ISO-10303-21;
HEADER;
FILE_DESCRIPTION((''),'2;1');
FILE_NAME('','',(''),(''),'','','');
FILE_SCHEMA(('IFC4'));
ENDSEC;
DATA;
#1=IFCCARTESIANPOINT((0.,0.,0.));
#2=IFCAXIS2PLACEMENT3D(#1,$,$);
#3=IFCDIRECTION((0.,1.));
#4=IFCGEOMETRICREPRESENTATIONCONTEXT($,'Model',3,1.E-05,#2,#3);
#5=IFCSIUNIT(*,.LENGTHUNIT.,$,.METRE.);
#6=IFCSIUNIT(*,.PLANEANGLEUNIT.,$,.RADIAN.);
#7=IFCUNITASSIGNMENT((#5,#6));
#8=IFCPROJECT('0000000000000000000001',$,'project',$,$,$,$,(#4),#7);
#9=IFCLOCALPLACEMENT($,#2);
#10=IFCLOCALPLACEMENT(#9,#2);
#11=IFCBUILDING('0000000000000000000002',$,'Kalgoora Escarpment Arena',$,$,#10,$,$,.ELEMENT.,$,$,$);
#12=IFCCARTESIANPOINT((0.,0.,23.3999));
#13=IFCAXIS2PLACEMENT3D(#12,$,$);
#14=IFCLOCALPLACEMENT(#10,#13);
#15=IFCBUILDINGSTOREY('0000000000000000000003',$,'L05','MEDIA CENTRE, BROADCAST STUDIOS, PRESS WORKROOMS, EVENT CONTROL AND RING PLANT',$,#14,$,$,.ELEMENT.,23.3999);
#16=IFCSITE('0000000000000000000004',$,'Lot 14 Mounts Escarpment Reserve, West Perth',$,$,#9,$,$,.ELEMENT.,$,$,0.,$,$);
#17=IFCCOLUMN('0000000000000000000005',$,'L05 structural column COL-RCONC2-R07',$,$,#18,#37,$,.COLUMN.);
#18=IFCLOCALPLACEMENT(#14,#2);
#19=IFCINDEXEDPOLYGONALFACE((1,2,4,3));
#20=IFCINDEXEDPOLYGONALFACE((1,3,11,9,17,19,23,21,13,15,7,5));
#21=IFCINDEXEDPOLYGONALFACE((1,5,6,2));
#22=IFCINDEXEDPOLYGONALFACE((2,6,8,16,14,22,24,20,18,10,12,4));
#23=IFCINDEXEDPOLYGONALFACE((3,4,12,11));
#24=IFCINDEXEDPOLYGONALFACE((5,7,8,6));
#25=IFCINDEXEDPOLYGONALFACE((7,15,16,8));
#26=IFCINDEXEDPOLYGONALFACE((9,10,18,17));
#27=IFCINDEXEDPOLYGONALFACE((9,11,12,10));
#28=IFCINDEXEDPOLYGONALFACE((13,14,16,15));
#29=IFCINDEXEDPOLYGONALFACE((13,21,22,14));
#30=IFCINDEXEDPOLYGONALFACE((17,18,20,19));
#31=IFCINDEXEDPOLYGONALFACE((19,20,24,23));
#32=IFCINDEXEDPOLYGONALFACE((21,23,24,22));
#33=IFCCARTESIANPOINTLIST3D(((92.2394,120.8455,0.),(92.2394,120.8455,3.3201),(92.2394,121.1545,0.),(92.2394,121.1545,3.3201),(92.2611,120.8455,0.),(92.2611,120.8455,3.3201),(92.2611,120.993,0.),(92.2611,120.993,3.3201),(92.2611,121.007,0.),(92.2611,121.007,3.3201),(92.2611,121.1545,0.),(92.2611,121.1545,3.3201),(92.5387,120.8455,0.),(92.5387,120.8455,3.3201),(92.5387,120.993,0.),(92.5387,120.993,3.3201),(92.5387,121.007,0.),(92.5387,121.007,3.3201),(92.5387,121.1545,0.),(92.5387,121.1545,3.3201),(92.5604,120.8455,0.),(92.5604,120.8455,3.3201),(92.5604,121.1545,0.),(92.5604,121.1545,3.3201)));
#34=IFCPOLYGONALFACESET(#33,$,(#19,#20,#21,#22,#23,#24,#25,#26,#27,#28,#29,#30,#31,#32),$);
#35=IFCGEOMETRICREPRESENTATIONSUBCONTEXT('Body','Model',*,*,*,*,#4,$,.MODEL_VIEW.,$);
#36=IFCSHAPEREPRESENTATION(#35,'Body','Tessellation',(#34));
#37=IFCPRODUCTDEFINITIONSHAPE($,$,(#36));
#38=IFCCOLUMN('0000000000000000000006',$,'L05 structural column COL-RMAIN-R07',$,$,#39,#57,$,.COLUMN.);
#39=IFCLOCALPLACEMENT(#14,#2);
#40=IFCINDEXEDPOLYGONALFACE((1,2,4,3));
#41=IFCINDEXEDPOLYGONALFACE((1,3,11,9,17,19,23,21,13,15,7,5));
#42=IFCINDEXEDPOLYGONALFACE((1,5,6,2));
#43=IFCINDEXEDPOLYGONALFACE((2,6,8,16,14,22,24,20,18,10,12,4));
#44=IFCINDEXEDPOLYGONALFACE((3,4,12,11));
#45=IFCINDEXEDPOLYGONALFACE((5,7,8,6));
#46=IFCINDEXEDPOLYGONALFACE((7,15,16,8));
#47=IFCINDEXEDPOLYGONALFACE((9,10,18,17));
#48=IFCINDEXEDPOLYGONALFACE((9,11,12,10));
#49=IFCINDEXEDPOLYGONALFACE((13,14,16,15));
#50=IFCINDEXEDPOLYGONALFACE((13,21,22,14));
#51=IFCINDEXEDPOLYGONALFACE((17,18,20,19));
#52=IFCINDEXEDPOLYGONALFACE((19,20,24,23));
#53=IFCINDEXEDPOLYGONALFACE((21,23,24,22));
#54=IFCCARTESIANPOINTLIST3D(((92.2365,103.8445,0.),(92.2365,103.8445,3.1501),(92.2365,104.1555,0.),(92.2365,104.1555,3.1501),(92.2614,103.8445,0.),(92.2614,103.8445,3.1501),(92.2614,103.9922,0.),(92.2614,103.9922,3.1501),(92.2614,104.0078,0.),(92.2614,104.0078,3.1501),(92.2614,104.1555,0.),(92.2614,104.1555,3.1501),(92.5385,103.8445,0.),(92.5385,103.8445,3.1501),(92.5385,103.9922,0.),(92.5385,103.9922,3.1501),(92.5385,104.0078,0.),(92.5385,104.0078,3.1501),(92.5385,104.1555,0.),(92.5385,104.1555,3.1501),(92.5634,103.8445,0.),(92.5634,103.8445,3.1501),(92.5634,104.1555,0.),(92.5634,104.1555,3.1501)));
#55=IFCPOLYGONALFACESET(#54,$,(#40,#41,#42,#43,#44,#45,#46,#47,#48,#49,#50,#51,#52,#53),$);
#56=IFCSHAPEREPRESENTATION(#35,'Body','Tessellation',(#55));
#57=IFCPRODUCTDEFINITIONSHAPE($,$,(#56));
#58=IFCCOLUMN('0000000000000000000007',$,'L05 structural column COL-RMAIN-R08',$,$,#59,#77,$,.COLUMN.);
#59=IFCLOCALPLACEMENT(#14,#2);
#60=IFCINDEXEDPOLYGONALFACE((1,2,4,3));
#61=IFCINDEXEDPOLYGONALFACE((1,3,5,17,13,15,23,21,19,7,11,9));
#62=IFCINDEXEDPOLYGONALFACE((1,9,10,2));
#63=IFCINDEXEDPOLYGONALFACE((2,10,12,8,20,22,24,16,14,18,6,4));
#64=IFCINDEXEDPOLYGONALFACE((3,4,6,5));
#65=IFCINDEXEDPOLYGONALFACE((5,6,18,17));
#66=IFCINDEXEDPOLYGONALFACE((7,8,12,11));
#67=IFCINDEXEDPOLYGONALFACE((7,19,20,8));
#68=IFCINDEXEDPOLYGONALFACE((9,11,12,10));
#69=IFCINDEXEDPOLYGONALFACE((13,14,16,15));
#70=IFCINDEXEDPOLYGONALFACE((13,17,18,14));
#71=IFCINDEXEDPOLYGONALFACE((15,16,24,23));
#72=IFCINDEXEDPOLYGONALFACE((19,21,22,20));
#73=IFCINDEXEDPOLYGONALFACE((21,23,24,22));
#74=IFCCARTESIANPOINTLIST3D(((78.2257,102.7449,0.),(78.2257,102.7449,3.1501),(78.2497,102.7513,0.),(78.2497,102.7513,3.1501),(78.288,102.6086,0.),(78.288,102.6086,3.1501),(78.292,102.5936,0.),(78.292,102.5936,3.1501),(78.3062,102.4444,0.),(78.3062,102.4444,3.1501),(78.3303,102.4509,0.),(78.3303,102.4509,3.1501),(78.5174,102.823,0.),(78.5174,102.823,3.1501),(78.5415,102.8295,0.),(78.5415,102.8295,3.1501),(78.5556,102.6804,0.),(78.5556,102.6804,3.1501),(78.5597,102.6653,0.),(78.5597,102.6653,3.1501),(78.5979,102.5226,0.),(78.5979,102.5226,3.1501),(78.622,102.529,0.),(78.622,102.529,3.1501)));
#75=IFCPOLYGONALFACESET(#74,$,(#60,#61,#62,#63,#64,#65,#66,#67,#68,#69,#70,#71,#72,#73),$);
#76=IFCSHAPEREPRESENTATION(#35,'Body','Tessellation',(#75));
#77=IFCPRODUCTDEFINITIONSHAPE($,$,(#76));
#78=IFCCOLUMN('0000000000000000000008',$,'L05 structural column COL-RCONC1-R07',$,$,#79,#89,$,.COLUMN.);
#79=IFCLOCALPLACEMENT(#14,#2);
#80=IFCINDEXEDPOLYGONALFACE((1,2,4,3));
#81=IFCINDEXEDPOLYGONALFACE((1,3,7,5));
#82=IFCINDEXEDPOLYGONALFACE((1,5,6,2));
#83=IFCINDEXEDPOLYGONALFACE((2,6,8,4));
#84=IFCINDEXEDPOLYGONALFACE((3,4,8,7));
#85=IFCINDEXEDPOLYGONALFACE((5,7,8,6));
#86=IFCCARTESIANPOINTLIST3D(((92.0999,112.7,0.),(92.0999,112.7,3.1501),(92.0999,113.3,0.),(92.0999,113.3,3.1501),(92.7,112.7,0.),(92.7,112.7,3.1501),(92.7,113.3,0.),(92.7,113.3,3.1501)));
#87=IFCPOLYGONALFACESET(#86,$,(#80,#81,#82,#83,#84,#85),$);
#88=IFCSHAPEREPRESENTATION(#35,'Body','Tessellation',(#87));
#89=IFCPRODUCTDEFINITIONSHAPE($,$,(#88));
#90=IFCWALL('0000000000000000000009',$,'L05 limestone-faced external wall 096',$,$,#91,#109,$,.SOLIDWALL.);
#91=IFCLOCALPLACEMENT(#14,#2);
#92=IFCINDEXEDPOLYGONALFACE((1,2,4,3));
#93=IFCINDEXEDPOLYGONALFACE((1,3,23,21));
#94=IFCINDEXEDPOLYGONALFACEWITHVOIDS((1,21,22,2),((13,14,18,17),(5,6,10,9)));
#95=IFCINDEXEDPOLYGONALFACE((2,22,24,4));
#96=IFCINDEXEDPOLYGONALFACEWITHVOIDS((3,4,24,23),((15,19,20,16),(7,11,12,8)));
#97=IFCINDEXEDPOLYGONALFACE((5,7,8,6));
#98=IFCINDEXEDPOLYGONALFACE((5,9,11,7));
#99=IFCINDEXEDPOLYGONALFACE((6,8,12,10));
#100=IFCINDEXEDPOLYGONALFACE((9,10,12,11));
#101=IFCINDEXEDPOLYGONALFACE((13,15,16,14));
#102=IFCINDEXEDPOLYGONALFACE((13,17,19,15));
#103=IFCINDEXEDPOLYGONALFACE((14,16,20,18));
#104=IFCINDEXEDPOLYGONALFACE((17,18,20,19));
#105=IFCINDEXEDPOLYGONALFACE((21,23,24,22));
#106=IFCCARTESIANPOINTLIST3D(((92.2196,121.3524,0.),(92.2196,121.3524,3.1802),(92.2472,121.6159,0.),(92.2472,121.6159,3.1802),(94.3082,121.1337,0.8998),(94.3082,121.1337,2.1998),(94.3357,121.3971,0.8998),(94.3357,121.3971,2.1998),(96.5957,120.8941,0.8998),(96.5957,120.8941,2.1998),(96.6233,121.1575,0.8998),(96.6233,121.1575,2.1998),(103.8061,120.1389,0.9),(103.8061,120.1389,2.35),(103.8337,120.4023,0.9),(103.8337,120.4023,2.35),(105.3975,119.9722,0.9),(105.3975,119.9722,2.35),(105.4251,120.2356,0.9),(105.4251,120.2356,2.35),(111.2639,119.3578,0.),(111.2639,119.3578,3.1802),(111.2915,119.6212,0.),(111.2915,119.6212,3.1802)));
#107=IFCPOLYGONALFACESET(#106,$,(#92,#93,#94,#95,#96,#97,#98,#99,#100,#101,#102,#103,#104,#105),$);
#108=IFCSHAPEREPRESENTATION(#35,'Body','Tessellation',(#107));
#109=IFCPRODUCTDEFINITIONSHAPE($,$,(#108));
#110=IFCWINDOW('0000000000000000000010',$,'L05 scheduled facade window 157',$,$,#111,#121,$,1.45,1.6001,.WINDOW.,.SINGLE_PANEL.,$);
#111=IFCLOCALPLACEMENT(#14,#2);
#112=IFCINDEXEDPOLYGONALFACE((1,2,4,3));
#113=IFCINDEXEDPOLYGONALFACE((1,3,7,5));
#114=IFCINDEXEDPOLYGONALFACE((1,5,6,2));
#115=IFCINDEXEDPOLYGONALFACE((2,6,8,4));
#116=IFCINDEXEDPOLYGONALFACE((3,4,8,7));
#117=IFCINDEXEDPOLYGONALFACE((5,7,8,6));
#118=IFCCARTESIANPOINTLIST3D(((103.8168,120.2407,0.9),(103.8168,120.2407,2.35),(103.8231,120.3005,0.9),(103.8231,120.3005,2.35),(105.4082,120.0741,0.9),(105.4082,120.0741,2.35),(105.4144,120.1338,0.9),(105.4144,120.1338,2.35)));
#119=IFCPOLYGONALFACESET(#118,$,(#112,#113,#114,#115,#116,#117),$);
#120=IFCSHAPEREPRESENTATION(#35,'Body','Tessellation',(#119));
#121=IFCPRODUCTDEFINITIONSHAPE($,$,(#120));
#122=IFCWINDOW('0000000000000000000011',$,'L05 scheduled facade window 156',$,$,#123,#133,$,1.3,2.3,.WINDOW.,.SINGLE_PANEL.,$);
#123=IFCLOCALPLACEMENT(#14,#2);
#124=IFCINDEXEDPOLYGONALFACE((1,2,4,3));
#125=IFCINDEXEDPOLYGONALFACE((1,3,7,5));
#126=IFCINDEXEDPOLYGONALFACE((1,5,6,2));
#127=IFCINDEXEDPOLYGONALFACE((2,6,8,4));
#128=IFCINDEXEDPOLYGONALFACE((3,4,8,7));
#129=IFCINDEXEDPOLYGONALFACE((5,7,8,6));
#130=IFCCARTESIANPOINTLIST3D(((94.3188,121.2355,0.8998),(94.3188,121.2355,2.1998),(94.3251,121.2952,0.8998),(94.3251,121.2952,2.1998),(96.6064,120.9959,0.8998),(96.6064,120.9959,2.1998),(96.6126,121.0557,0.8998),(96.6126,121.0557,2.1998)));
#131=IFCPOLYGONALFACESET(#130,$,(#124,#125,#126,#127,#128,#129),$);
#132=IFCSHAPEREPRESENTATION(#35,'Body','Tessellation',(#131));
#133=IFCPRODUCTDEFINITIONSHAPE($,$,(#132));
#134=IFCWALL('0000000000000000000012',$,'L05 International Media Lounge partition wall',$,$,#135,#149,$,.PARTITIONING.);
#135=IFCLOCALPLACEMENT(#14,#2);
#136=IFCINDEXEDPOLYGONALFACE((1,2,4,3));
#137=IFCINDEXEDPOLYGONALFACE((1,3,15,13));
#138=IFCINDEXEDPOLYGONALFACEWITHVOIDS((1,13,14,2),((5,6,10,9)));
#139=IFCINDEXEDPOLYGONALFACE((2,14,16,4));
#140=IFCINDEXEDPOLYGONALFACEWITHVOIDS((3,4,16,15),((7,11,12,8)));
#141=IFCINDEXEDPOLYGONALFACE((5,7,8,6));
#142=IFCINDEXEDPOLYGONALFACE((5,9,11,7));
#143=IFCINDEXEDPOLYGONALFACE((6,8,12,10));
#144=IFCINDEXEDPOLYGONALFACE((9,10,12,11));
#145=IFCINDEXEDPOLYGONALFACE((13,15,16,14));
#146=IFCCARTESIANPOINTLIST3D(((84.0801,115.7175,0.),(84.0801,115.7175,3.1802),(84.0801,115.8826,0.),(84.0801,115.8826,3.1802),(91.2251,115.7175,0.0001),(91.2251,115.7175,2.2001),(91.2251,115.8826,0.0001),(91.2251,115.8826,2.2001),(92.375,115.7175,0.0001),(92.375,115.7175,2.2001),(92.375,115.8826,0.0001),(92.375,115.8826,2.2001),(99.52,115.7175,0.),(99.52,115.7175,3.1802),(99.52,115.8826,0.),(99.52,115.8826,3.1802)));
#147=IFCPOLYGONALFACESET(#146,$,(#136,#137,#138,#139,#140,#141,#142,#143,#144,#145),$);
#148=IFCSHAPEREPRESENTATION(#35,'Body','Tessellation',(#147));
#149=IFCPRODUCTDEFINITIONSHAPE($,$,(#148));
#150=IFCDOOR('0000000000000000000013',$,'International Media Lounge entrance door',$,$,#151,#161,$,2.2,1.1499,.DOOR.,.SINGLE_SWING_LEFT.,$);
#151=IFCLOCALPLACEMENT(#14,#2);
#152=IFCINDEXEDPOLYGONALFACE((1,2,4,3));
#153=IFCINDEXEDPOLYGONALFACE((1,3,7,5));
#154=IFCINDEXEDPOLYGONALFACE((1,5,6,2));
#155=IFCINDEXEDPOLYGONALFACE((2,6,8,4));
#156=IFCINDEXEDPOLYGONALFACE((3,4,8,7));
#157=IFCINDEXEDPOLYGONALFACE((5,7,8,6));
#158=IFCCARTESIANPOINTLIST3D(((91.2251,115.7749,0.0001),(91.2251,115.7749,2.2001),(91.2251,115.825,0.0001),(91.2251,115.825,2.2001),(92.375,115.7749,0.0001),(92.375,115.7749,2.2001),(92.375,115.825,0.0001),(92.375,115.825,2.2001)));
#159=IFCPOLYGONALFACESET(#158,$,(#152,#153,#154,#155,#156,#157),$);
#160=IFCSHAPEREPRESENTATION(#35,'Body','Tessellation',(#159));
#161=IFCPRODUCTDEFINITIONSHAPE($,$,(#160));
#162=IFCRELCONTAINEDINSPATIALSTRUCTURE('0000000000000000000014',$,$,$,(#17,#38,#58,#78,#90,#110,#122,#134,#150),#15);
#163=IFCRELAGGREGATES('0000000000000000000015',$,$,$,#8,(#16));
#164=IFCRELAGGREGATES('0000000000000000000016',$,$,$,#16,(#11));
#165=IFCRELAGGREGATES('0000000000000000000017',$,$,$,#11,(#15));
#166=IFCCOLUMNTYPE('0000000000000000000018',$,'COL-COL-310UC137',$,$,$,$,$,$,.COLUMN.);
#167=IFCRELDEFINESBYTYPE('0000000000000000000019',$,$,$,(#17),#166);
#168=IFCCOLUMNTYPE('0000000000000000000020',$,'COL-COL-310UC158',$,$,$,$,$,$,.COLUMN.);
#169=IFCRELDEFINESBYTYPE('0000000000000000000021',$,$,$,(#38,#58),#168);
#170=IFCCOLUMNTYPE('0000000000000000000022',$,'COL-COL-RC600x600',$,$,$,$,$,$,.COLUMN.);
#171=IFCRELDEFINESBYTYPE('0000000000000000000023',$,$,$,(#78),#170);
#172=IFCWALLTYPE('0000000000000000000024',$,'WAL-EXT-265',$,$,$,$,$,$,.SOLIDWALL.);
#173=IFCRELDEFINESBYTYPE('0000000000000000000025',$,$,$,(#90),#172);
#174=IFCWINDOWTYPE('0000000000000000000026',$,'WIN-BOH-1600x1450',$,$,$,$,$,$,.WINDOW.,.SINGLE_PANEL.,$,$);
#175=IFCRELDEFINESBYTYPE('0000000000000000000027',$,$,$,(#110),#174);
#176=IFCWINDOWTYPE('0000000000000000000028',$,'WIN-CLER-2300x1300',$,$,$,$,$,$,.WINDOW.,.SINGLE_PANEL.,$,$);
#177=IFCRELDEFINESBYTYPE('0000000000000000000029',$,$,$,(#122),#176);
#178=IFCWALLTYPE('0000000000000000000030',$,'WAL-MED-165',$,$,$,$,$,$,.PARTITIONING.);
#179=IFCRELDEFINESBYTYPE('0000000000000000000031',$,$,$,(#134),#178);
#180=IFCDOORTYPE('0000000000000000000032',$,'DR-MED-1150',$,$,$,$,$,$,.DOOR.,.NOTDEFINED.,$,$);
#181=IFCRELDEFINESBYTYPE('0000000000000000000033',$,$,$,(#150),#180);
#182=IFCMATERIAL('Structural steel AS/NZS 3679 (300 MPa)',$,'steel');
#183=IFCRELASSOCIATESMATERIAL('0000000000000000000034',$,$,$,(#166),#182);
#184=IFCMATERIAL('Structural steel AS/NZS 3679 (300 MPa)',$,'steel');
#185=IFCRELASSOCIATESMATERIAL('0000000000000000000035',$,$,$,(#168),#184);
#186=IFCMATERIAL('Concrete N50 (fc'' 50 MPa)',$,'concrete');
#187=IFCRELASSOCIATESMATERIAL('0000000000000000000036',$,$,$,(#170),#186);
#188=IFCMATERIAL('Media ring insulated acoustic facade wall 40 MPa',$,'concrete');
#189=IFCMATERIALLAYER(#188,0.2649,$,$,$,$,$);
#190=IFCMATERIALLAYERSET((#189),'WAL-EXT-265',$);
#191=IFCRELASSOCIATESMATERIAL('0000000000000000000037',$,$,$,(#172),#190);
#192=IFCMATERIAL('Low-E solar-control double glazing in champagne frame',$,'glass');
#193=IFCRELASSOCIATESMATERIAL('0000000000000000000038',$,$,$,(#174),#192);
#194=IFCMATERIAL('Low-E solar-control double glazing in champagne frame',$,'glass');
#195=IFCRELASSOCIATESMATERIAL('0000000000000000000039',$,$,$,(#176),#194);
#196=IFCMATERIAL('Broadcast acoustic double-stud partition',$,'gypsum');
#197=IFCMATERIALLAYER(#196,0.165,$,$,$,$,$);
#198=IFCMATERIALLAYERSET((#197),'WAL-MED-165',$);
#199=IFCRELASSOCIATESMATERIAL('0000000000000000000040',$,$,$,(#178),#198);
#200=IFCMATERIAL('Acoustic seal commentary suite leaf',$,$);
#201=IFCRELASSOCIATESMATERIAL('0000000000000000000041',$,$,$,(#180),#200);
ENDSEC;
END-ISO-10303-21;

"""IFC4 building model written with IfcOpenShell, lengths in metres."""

from ifc_helpers import new_model, si_unit, direction, frame, frame_2d, origin, origin_2d, place, context, subcontext, project, spatial, rectangle, i_section, extrude, material, layer, layer_set, material_profile, profile_set, type_object, element, fill, save


model = new_model("IFC4")

# Units and contexts
model_context = context("Model", 3, precision=1e-05, world=origin(), true_north=direction((0.0, 1.0)))
body_context = subcontext(model_context, "Body", "Model", "MODEL_VIEW")
ifc_project = project(units=[si_unit("LENGTHUNIT", "METRE"), si_unit("PLANEANGLEUNIT", "RADIAN")], contexts=[model_context])

# Site, building, storey
site_placement = place(None, origin())
site = spatial("IfcSite", under=ifc_project, at=site_placement, Name="Lot 14 Mounts Escarpment Reserve, West Perth", CompositionType="ELEMENT", RefElevation=0.0)
building_placement = place(site_placement, origin())
building = spatial("IfcBuilding", under=site, at=building_placement, Name="Kalgoora Escarpment Arena", CompositionType="ELEMENT")
storey_placement = place(building_placement, frame((0.0, 0.0, 23.3999)))
storey = spatial("IfcBuildingStorey", under=building, at=storey_placement, Name="L05", Description="MEDIA CENTRE, BROADCAST STUDIOS, PRESS WORKROOMS, EVENT CONTROL AND RING PLANT", CompositionType="ELEMENT", Elevation=23.3999)

# Columns
ifc_material_1 = material(Name="Structural steel AS/NZS 3679 (300 MPa)", Category="steel")
ifc_material_profile_1 = material_profile(ifc_material_1, i_section(OverallWidth=0.3091, OverallDepth=0.321, WebThickness=0.0139, FlangeThickness=0.0217, at=origin_2d()))
ifc_profile_set_1 = profile_set([ifc_material_profile_1], Name="Structural steel AS/NZS 3679 (300 MPa)")
column_type_1 = type_object("IfcColumnType", Name="COL-COL-310UC137", PredefinedType="COLUMN", material=ifc_profile_set_1)
column_1_placement = place(storey_placement, frame((92.3999, 121.0, 0.0), z_axis=(0.0, 0.0, 1.0), x_axis=(0.0, 1.0, 0.0)))
element("IfcColumn", 1, at=column_1_placement, inside=storey, type_object=column_type_1, Name="L05 structural column COL-RCONC2-R07", PredefinedType="COLUMN", context=body_context, shape_type="SweptSolid", body=[
    extrude(i_section(OverallWidth=0.3091, OverallDepth=0.321, WebThickness=0.0139, FlangeThickness=0.0217, at=origin_2d()), origin(), (0.0, 0.0, 1.0), 3.3201),
])
ifc_material_2 = material(Name="Structural steel AS/NZS 3679 (300 MPa)", Category="steel")
ifc_material_profile_2 = material_profile(ifc_material_2, i_section(OverallWidth=0.311, OverallDepth=0.3269, WebThickness=0.0156, FlangeThickness=0.0249, at=origin_2d()))
ifc_profile_set_2 = profile_set([ifc_material_profile_2], Name="Structural steel AS/NZS 3679 (300 MPa)")
column_type_2 = type_object("IfcColumnType", Name="COL-COL-310UC158", PredefinedType="COLUMN", material=ifc_profile_set_2)
for number, where, z_axis, x_axis, name in (
    (2, (92.3999, 104.0, 0.0), (0.0, 0.0, 1.0), (0.0, 1.0, 0.0), "L05 structural column COL-RMAIN-R07"),
    (3, (78.4238, 102.637, 0.0), (0.0, 0.0, 1.0), (-0.258819, 0.965926, 0.0), "L05 structural column COL-RMAIN-R08"),
):
    element("IfcColumn", number, at=place(storey_placement, frame(where, z_axis=z_axis, x_axis=x_axis)), inside=storey, type_object=column_type_2, Name=name, PredefinedType="COLUMN", context=body_context, shape_type="SweptSolid", body=[
        extrude(i_section(OverallWidth=0.311, OverallDepth=0.3269, WebThickness=0.0156, FlangeThickness=0.0249, at=origin_2d()), origin(), (0.0, 0.0, 1.0), 3.1501),
    ])
ifc_material_3 = material(Name="Concrete N50 (fc' 50 MPa)", Category="concrete")
ifc_material_profile_3 = material_profile(ifc_material_3, rectangle(XDim=0.6001, YDim=0.6001, at=origin_2d()))
ifc_profile_set_3 = profile_set([ifc_material_profile_3], Name="Concrete N50 (fc' 50 MPa)")
column_type_3 = type_object("IfcColumnType", Name="COL-COL-RC600x600", PredefinedType="COLUMN", material=ifc_profile_set_3)
column_2_placement = place(storey_placement, frame((92.3999, 113.0, 0.0), z_axis=(0.0, 0.0, 1.0), x_axis=(0.0, 1.0, 0.0)))
element("IfcColumn", 4, at=column_2_placement, inside=storey, type_object=column_type_3, Name="L05 structural column COL-RCONC1-R07", PredefinedType="COLUMN", context=body_context, shape_type="SweptSolid", body=[
    extrude(rectangle(XDim=0.6001, YDim=0.6001, at=origin_2d()), origin(), (0.0, 0.0, 1.0), 3.1501),
])

# Wall, openings, windows
ifc_material_4 = material(Name="Media ring insulated acoustic facade wall 40 MPa", Category="concrete")
ifc_layer_1 = layer(ifc_material_4, 0.2649)
ifc_layer_set_1 = layer_set([ifc_layer_1], Name="WAL-EXT-265")
wall_type_1 = type_object("IfcWallType", Name="WAL-EXT-265", PredefinedType="SOLIDWALL", material=ifc_layer_set_1)
wall_1_placement = place(storey_placement, frame((92.2334, 121.4841, 0.0), z_axis=(0.0, 0.0, 1.0), x_axis=(0.99456, -0.104167, 0.0)))
wall_1 = element("IfcWall", 5, at=wall_1_placement, inside=storey, type_object=wall_type_1, Name="L05 limestone-faced external wall 096", PredefinedType="SOLIDWALL", context=body_context, shape_type="SweptSolid", body=[
    extrude(rectangle(XDim=19.1484, YDim=0.2649, at=frame_2d((9.5742, 0.0))), origin(), (0.0, 0.0, 1.0), 3.1802),
])
opening_1_placement = place(wall_1_placement, frame((2.1001, 0.0, 0.8999)))
opening_1 = element("IfcOpeningElement", 6, at=opening_1_placement, cuts=wall_1, PredefinedType="OPENING", context=body_context, shape_type="SweptSolid", body=[
    extrude(rectangle(XDim=2.3, YDim=1.3, at=frame_2d((1.1499, 0.6499))), frame((0.0, 0.1423, 0.0), z_axis=(0.0, -1.0, 0.0), x_axis=(1.0, 0.0, 0.0)), (0.0, 0.0, 1.0), 0.2849),
])
opening_2_placement = place(wall_1_placement, frame((11.6499, 0.0, 0.8999)))
opening_2 = element("IfcOpeningElement", 7, at=opening_2_placement, cuts=wall_1, PredefinedType="OPENING", context=body_context, shape_type="SweptSolid", body=[
    extrude(rectangle(XDim=1.6001, YDim=1.45, at=frame_2d((0.8, 0.7251))), frame((0.0, 0.1423, 0.0), z_axis=(0.0, -1.0, 0.0), x_axis=(1.0, 0.0, 0.0)), (0.0, 0.0, 1.0), 0.2849),
])
ifc_material_5 = material(Name="Low-E solar-control double glazing in champagne frame", Category="glass")
window_type_1 = type_object("IfcWindowType", Name="WIN-BOH-1600x1450", PartitioningType="SINGLE_PANEL", PredefinedType="WINDOW", material=ifc_material_5)
window_1_placement = place(opening_2_placement, origin())
window_1 = element("IfcWindow", 8, at=window_1_placement, inside=storey, type_object=window_type_1, Name="L05 scheduled facade window 157", OverallHeight=1.45, OverallWidth=1.6001, PartitioningType="SINGLE_PANEL", PredefinedType="WINDOW", context=body_context, shape_type="SweptSolid", body=[
    extrude(rectangle(XDim=1.6001, YDim=1.45, at=frame_2d((0.8, 0.7251))), frame((0.0, 0.03, 0.0), z_axis=(0.0, -1.0, 0.0), x_axis=(1.0, 0.0, 0.0)), (0.0, 0.0, 1.0), 0.0601),
])
fill(opening_2, window_1)
ifc_material_6 = material(Name="Low-E solar-control double glazing in champagne frame", Category="glass")
window_type_2 = type_object("IfcWindowType", Name="WIN-CLER-2300x1300", PartitioningType="SINGLE_PANEL", PredefinedType="WINDOW", material=ifc_material_6)
window_2_placement = place(opening_1_placement, origin())
window_2 = element("IfcWindow", 9, at=window_2_placement, inside=storey, type_object=window_type_2, Name="L05 scheduled facade window 156", OverallHeight=1.3, OverallWidth=2.3, PartitioningType="SINGLE_PANEL", PredefinedType="WINDOW", context=body_context, shape_type="SweptSolid", body=[
    extrude(rectangle(XDim=2.3, YDim=1.3, at=frame_2d((1.1499, 0.6499))), frame((0.0, 0.03, 0.0), z_axis=(0.0, -1.0, 0.0), x_axis=(1.0, 0.0, 0.0)), (0.0, 0.0, 1.0), 0.0601),
])
fill(opening_1, window_2)

# Wall, opening, door
ifc_material_7 = material(Name="Broadcast acoustic double-stud partition", Category="gypsum")
ifc_layer_2 = layer(ifc_material_7, 0.165)
ifc_layer_set_2 = layer_set([ifc_layer_2], Name="WAL-MED-165")
wall_type_2 = type_object("IfcWallType", Name="WAL-MED-165", PredefinedType="PARTITIONING", material=ifc_layer_set_2)
wall_2_placement = place(storey_placement, frame((84.0801, 115.8, 0.0), z_axis=(0.0, 0.0, 1.0), x_axis=(1.0, 0.0, 0.0)))
wall_2 = element("IfcWall", 10, at=wall_2_placement, inside=storey, type_object=wall_type_2, Name="L05 International Media Lounge partition wall", PredefinedType="PARTITIONING", context=body_context, shape_type="SweptSolid", body=[
    extrude(rectangle(XDim=15.4399, YDim=0.165, at=frame_2d((7.72, 0.0))), origin(), (0.0, 0.0, 1.0), 3.1802),
])
opening_3_placement = place(wall_2_placement, frame((7.145, 0.0, 0.0)))
opening_3 = element("IfcOpeningElement", 11, at=opening_3_placement, cuts=wall_2, PredefinedType="OPENING", context=body_context, shape_type="SweptSolid", body=[
    extrude(rectangle(XDim=1.1499, YDim=2.2, at=frame_2d((0.575, 1.1001))), frame((0.0, 0.0925, 0.0), z_axis=(0.0, -1.0, 0.0), x_axis=(1.0, 0.0, 0.0)), (0.0, 0.0, 1.0), 0.1851),
])
ifc_material_8 = material(Name="Acoustic seal commentary suite leaf")
door_type_1 = type_object("IfcDoorType", Name="DR-MED-1150", OperationType="NOTDEFINED", PredefinedType="DOOR", material=ifc_material_8)
door_1_placement = place(opening_3_placement, origin())
door_1 = element("IfcDoor", 12, at=door_1_placement, inside=storey, type_object=door_type_1, Name="International Media Lounge entrance door", OperationType="SINGLE_SWING_LEFT", OverallHeight=2.2, OverallWidth=1.1499, PredefinedType="DOOR", context=body_context, shape_type="SweptSolid", body=[
    extrude(rectangle(XDim=1.1499, YDim=2.2, at=frame_2d((0.575, 1.1001))), frame((0.0, 0.0249, 0.0), z_axis=(0.0, -1.0, 0.0), x_axis=(1.0, 0.0, 0.0)), (0.0, 0.0, 1.0), 0.05),
])
fill(opening_3, door_1)

save(model, "model.ifc")
